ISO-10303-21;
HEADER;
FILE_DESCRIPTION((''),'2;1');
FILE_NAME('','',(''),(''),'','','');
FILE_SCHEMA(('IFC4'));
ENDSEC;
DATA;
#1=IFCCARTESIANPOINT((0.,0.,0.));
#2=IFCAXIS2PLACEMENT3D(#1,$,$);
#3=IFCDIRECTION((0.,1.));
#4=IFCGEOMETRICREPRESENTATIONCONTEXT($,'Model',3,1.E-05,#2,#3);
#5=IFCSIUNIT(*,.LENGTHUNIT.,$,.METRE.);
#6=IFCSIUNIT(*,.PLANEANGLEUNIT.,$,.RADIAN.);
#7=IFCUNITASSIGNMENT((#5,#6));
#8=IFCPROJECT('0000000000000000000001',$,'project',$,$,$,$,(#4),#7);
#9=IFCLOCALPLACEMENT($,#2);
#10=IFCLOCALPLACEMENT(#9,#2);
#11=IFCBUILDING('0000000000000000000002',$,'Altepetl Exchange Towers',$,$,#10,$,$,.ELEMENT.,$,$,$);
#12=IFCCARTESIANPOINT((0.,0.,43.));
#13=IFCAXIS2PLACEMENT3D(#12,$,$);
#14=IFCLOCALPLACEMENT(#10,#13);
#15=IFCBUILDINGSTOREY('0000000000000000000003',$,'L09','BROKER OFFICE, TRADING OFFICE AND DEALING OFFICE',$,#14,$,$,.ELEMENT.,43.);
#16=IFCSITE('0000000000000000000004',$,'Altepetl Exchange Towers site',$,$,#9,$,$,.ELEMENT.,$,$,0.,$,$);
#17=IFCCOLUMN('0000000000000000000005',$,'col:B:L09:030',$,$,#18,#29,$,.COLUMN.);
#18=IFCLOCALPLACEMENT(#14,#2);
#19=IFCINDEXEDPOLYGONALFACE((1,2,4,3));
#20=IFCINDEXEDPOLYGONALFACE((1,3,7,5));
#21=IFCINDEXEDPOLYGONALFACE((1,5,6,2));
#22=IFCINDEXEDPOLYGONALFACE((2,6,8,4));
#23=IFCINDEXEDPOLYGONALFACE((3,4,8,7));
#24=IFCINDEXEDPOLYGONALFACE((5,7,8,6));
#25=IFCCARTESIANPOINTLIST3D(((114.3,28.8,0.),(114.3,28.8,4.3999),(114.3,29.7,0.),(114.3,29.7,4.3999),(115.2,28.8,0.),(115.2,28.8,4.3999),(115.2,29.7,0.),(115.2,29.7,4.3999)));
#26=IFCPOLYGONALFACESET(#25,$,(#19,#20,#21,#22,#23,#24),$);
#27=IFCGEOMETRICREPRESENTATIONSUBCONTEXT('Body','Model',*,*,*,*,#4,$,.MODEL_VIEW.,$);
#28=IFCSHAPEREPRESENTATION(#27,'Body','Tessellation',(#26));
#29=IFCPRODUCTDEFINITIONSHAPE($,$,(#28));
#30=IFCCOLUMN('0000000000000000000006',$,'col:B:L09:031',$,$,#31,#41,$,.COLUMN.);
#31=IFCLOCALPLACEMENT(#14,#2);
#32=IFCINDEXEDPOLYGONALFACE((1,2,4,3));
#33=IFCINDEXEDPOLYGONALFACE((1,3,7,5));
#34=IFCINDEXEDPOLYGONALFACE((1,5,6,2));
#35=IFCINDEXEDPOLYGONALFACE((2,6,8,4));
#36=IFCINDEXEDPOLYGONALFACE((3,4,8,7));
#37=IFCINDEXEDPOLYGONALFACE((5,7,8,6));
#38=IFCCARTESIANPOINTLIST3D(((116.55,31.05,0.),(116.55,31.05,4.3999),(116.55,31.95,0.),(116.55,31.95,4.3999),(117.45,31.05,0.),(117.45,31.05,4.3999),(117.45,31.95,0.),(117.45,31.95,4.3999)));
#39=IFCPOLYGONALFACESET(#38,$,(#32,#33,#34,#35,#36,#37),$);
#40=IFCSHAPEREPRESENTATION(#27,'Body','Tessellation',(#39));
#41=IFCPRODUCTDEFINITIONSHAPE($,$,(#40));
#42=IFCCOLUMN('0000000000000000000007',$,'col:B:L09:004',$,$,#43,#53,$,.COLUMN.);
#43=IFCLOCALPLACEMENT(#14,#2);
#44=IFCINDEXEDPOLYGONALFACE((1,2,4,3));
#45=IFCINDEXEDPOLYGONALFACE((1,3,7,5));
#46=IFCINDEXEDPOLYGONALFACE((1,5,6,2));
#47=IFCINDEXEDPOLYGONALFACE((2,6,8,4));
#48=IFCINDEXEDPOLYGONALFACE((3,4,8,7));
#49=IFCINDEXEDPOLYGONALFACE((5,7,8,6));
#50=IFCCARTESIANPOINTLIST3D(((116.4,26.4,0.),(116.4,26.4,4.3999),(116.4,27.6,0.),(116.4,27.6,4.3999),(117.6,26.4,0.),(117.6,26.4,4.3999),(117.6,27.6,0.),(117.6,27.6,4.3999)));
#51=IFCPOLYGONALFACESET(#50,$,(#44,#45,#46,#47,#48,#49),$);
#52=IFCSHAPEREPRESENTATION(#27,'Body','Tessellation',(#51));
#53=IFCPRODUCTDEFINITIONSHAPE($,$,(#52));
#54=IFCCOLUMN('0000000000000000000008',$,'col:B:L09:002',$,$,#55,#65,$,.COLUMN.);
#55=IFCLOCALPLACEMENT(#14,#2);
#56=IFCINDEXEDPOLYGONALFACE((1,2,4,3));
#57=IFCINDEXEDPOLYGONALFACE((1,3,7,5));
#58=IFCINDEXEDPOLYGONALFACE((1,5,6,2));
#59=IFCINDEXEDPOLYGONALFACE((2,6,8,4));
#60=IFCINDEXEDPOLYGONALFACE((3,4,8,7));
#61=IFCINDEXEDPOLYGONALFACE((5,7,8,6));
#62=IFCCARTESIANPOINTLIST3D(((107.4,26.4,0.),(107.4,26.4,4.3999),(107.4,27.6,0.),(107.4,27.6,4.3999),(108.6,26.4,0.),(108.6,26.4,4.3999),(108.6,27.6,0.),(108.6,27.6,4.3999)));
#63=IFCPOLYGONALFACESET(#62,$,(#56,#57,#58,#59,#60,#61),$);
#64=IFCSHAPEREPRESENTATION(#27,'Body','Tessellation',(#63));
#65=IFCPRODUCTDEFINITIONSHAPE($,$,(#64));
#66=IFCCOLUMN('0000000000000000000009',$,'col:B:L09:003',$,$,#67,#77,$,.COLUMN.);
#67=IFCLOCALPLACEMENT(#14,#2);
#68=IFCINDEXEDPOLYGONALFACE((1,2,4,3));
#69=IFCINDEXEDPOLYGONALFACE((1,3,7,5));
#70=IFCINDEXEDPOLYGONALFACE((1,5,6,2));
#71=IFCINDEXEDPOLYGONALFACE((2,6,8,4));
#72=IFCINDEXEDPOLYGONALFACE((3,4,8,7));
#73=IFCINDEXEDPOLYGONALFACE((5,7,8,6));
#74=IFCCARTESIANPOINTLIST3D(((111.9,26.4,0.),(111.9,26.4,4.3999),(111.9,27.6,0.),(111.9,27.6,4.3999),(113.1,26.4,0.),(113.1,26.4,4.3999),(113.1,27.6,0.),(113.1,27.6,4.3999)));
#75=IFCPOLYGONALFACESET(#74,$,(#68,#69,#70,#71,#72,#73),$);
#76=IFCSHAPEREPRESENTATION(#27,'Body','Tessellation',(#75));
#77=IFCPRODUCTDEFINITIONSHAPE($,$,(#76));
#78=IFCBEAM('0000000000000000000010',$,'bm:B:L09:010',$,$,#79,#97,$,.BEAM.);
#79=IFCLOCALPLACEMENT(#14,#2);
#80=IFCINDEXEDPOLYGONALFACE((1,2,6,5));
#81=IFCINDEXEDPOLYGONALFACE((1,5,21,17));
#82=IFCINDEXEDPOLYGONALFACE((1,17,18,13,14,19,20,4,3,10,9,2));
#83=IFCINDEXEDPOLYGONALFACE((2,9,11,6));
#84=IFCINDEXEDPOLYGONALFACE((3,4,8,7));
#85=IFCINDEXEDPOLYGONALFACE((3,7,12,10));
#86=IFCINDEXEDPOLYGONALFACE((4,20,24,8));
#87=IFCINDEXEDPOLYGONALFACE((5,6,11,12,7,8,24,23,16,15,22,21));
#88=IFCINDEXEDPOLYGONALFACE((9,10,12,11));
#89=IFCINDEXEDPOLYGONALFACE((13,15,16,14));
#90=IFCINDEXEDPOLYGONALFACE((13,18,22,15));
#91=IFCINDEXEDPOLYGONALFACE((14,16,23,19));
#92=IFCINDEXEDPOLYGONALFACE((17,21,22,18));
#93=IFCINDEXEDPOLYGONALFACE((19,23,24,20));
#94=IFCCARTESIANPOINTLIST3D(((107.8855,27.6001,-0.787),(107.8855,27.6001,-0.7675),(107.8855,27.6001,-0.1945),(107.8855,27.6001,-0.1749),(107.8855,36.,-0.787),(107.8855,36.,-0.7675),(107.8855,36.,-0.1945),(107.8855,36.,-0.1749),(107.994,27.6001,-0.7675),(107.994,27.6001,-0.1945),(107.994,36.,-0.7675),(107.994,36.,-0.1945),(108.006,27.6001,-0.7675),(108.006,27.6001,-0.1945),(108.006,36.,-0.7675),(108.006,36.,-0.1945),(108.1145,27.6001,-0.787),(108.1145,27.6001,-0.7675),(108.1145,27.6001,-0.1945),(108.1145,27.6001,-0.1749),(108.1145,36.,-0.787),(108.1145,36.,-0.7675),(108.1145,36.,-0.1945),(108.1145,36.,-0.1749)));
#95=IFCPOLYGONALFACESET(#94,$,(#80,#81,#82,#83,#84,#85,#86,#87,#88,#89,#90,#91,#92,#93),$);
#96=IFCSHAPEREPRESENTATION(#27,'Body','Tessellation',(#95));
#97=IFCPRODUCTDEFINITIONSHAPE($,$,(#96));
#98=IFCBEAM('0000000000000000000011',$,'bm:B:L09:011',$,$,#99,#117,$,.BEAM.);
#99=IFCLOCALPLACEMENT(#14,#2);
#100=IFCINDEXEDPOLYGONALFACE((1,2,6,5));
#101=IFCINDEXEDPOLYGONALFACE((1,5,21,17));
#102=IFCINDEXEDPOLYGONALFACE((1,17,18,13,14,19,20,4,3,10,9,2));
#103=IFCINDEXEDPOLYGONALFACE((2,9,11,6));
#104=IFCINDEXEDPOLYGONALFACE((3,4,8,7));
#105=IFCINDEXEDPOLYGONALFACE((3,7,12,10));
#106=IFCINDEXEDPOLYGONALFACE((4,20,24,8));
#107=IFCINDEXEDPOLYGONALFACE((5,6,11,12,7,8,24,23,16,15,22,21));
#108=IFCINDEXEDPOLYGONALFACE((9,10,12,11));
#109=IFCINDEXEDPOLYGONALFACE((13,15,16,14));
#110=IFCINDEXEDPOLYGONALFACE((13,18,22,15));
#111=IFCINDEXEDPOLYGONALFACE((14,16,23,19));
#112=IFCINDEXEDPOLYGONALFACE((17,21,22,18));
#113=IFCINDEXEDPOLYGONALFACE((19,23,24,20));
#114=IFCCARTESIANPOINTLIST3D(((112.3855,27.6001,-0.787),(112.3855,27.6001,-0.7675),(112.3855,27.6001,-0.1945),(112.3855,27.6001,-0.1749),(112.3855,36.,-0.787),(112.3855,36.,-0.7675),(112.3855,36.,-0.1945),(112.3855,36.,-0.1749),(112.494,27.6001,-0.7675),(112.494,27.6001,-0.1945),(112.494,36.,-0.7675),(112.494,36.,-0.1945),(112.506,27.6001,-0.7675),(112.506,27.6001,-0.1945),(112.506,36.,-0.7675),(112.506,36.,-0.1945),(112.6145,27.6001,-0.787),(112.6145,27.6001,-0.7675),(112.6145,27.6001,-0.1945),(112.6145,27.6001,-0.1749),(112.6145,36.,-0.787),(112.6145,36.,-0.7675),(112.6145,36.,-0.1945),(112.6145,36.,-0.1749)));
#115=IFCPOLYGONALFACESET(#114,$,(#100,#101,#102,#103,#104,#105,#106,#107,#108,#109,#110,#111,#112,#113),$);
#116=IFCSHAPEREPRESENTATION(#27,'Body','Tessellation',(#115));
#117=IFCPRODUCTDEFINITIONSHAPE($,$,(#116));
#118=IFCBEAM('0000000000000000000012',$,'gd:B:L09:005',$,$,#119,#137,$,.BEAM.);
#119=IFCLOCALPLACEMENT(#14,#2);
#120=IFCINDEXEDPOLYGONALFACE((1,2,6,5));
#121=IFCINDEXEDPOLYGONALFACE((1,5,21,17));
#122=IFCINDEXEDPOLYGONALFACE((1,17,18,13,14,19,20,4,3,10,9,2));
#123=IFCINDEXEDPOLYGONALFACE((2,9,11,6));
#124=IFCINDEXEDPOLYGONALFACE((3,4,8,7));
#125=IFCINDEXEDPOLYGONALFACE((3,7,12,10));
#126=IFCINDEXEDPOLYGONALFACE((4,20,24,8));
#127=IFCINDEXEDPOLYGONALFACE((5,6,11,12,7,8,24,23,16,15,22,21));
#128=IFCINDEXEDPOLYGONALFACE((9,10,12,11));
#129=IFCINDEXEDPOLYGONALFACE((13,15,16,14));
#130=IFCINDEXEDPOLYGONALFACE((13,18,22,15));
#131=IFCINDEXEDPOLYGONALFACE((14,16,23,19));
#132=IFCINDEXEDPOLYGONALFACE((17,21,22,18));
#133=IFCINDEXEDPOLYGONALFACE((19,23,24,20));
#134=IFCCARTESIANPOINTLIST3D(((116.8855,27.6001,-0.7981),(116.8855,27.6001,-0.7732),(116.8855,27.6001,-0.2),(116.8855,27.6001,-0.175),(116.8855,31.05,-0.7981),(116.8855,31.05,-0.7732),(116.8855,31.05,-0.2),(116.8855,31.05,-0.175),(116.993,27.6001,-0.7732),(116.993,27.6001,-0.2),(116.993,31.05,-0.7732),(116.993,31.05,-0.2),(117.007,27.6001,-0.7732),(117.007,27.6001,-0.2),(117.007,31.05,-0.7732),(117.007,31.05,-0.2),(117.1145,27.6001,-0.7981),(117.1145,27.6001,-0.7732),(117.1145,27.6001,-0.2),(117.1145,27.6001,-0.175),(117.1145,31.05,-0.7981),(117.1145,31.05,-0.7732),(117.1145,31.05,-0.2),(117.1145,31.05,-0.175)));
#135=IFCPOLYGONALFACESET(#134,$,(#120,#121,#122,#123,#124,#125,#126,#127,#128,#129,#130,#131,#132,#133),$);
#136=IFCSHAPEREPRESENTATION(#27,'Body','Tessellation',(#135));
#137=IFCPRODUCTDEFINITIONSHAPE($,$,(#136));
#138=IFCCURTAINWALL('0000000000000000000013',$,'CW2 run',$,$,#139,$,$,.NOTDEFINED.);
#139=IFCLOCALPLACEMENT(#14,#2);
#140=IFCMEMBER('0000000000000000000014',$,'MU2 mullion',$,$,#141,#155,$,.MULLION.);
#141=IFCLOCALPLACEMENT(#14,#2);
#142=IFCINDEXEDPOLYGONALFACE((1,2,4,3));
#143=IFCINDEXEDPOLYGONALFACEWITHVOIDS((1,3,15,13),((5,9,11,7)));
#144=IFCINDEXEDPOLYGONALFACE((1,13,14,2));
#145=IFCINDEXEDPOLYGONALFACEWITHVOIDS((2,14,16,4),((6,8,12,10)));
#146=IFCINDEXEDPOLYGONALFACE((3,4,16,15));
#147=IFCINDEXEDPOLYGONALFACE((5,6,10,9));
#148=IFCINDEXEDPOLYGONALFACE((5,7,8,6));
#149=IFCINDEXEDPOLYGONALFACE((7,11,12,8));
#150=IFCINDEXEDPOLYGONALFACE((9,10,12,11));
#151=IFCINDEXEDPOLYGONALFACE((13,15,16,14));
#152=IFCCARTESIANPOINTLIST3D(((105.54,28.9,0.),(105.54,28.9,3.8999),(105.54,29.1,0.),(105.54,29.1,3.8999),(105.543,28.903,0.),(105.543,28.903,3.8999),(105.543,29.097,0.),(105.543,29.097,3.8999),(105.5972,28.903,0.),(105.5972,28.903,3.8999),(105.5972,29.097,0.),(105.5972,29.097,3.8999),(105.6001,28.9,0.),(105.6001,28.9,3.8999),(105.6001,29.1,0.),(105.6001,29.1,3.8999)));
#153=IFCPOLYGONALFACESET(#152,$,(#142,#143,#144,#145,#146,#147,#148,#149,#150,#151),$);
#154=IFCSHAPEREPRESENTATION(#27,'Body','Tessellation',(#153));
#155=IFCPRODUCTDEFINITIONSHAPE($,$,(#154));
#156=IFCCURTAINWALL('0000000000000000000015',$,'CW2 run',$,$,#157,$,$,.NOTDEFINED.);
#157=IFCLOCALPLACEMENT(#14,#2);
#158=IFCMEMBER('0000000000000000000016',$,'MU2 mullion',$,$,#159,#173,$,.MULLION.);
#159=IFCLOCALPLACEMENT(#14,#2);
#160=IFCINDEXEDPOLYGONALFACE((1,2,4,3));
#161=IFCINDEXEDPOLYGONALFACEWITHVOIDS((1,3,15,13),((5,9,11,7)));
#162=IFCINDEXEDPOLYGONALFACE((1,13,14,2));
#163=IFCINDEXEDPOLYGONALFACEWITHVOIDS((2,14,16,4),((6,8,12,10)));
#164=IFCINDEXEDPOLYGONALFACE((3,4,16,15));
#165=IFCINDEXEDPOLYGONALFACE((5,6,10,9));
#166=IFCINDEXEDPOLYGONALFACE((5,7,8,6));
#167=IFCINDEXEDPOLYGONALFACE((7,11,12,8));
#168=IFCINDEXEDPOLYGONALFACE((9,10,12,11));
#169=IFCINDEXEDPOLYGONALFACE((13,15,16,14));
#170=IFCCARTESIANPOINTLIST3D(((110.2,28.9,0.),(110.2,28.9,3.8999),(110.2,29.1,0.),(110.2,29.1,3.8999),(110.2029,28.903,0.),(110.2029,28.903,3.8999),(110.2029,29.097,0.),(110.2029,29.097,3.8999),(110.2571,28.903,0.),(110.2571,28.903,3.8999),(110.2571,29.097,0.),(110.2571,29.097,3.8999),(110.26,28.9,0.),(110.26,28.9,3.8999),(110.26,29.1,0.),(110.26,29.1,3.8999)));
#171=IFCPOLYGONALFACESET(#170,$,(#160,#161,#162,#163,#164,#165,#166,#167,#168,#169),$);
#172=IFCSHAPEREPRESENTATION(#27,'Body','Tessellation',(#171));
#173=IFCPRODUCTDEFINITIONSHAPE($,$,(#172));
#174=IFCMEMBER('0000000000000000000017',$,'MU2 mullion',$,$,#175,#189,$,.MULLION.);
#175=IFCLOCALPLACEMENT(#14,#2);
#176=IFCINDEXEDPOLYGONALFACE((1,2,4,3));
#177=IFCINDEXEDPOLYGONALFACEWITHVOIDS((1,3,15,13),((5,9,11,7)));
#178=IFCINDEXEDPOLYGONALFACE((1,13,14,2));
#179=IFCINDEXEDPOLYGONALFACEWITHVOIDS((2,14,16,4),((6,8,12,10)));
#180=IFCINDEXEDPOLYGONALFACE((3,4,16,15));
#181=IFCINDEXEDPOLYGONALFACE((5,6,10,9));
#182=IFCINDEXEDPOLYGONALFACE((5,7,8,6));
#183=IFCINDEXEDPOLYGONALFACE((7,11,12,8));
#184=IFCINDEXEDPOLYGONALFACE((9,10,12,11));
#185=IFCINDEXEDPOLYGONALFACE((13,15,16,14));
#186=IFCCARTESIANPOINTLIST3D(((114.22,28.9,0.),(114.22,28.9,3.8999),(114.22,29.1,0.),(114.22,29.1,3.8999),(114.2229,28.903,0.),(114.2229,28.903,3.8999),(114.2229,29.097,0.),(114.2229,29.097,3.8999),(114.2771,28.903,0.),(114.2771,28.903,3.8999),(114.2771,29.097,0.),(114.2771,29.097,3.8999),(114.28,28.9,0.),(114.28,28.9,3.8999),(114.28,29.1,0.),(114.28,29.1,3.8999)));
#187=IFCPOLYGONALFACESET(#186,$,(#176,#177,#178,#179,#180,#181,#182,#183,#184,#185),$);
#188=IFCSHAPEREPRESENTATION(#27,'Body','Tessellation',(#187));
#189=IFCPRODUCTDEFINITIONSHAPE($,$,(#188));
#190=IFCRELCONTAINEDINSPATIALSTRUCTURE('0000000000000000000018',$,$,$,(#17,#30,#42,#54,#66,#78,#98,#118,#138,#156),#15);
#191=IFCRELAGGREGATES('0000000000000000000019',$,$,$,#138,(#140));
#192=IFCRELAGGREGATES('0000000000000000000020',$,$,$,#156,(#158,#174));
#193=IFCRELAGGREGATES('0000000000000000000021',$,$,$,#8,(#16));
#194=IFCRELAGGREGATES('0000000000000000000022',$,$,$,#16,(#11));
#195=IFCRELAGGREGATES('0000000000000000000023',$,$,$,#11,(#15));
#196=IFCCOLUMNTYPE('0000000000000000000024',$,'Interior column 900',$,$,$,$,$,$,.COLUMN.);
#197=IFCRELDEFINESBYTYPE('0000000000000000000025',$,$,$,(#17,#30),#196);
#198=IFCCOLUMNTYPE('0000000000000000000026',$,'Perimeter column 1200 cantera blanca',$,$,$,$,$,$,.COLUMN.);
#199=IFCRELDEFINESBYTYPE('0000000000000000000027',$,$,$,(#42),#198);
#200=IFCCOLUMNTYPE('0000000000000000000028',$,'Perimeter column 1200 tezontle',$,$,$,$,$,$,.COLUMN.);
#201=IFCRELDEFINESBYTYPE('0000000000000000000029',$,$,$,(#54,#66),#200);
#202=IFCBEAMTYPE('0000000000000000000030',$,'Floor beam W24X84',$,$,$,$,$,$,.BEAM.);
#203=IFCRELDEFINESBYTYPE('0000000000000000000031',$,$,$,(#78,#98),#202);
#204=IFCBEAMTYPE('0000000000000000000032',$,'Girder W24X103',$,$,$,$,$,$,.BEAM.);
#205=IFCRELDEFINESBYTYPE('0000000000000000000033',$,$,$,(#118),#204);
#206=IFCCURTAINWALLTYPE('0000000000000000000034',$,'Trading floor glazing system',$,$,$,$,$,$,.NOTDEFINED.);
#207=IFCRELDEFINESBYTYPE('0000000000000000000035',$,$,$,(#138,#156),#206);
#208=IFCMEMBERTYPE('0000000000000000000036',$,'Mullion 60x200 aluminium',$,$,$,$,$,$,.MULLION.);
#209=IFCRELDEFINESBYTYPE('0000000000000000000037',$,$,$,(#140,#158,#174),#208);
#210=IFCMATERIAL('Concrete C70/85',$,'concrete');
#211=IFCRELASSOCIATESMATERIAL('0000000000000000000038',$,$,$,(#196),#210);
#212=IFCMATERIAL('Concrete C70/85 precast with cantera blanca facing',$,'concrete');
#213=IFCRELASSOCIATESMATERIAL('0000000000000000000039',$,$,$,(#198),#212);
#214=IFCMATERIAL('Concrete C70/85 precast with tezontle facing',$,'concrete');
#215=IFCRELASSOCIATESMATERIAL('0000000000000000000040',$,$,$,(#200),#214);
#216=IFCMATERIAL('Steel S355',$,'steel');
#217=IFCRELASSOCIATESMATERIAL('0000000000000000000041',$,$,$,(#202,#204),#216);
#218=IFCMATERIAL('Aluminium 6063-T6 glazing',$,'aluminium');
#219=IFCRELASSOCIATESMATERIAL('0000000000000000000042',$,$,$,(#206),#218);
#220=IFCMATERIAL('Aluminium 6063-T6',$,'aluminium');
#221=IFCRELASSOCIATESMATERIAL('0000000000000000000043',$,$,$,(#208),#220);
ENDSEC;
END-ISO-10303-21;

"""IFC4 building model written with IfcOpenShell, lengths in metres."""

from ifc_helpers import new_model, si_unit, direction, frame, origin, origin_2d, place, context, subcontext, project, spatial, rectangle, hollow_rectangle, i_section, extrude, material, material_profile, profile_set, type_object, element, aggregate, save


model = new_model("IFC4")

# Units and contexts
model_context = context("Model", 3, precision=1e-05, world=origin(), true_north=direction((0.0, 1.0)))
body_context = subcontext(model_context, "Body", "Model", "MODEL_VIEW")
ifc_project = project(units=[si_unit("LENGTHUNIT", "METRE"), si_unit("PLANEANGLEUNIT", "RADIAN")], contexts=[model_context])

# Site, building, storey
site_placement = place(None, origin())
site = spatial("IfcSite", under=ifc_project, at=site_placement, Name="Altepetl Exchange Towers site", CompositionType="ELEMENT", RefElevation=0.0)
building_placement = place(site_placement, origin())
building = spatial("IfcBuilding", under=site, at=building_placement, Name="Altepetl Exchange Towers", CompositionType="ELEMENT")
storey_placement = place(building_placement, frame((0.0, 0.0, 43.0)))
storey = spatial("IfcBuildingStorey", under=building, at=storey_placement, Name="L09", Description="BROKER OFFICE, TRADING OFFICE AND DEALING OFFICE", CompositionType="ELEMENT", Elevation=43.0)

# Columns
ifc_material_1 = material(Name="Concrete C70/85", Category="concrete")
ifc_material_profile_1 = material_profile(ifc_material_1, rectangle(XDim=0.8999, YDim=0.8999, at=origin_2d()), Name="900 x 900")
ifc_profile_set_1 = profile_set([ifc_material_profile_1], Name="Concrete C70/85")
column_type_1 = type_object("IfcColumnType", Name="Interior column 900", PredefinedType="COLUMN", material=ifc_profile_set_1)
for number, where, name in (
    (1, (114.75, 29.25, 0.0), "col:B:L09:030"),
    (2, (117.0, 31.5, 0.0), "col:B:L09:031"),
):
    element("IfcColumn", number, at=place(storey_placement, frame(where)), inside=storey, type_object=column_type_1, Name=name, PredefinedType="COLUMN", context=body_context, shape_type="SweptSolid", body=[
        extrude(rectangle(XDim=0.8999, YDim=0.8999, at=origin_2d()), origin(), (0.0, 0.0, 1.0), 4.3999),
    ])
ifc_material_2 = material(Name="Concrete C70/85 precast with cantera blanca facing", Category="concrete")
ifc_material_profile_2 = material_profile(ifc_material_2, rectangle(XDim=1.2, YDim=1.2, at=origin_2d()), Name="1200 x 1200")
ifc_profile_set_2 = profile_set([ifc_material_profile_2], Name="Concrete C70/85 precast with cantera blanca facing")
column_type_2 = type_object("IfcColumnType", Name="Perimeter column 1200 cantera blanca", PredefinedType="COLUMN", material=ifc_profile_set_2)
column_placement = place(storey_placement, frame((117.0, 27.0, 0.0)))
element("IfcColumn", 3, at=column_placement, inside=storey, type_object=column_type_2, Name="col:B:L09:004", PredefinedType="COLUMN", context=body_context, shape_type="SweptSolid", body=[
    extrude(rectangle(XDim=1.2, YDim=1.2, at=origin_2d()), origin(), (0.0, 0.0, 1.0), 4.3999),
])
ifc_material_3 = material(Name="Concrete C70/85 precast with tezontle facing", Category="concrete")
ifc_material_profile_3 = material_profile(ifc_material_3, rectangle(XDim=1.2, YDim=1.2, at=origin_2d()), Name="1200 x 1200")
ifc_profile_set_3 = profile_set([ifc_material_profile_3], Name="Concrete C70/85 precast with tezontle facing")
column_type_3 = type_object("IfcColumnType", Name="Perimeter column 1200 tezontle", PredefinedType="COLUMN", material=ifc_profile_set_3)
for number, where, name in (
    (4, (108.0, 27.0, 0.0), "col:B:L09:002"),
    (5, (112.5, 27.0, 0.0), "col:B:L09:003"),
):
    element("IfcColumn", number, at=place(storey_placement, frame(where)), inside=storey, type_object=column_type_3, Name=name, PredefinedType="COLUMN", context=body_context, shape_type="SweptSolid", body=[
        extrude(rectangle(XDim=1.2, YDim=1.2, at=origin_2d()), origin(), (0.0, 0.0, 1.0), 4.3999),
    ])

# Beams
ifc_material_4 = material(Name="Steel S355", Category="steel")
ifc_material_profile_4 = material_profile(ifc_material_4, i_section(OverallWidth=0.229, OverallDepth=0.6121, WebThickness=0.012, FlangeThickness=0.0195, at=origin_2d()), Name="W24X84")
ifc_profile_set_4 = profile_set([ifc_material_profile_4], Name="Steel S355")
beam_type_1 = type_object("IfcBeamType", Name="Floor beam W24X84", PredefinedType="BEAM", material=ifc_profile_set_4)
for number, where, z_axis, x_axis, name in (
    (6, (108.0, 27.6001, -0.481), (0.0, 1.0, 0.0), (-1.0, 0.0, 0.0), "bm:B:L09:010"),
    (7, (112.5, 27.6001, -0.481), (0.0, 1.0, 0.0), (-1.0, 0.0, 0.0), "bm:B:L09:011"),
):
    element("IfcBeam", number, at=place(storey_placement, frame(where, z_axis=z_axis, x_axis=x_axis)), inside=storey, type_object=beam_type_1, Name=name, PredefinedType="BEAM", context=body_context, shape_type="SweptSolid", body=[
        extrude(i_section(OverallWidth=0.229, OverallDepth=0.6121, WebThickness=0.012, FlangeThickness=0.0195, at=origin_2d()), origin(), (0.0, 0.0, 1.0), 8.3999),
    ])
ifc_material_profile_5 = material_profile(ifc_material_4, i_section(OverallWidth=0.229, OverallDepth=0.623, WebThickness=0.0139, FlangeThickness=0.0249, at=origin_2d()), Name="W24X103")
ifc_profile_set_5 = profile_set([ifc_material_profile_5], Name="Steel S355")
beam_type_2 = type_object("IfcBeamType", Name="Girder W24X103", PredefinedType="BEAM", material=ifc_profile_set_5)
beam_placement = place(storey_placement, frame((117.0, 31.05, -0.4866), z_axis=(0.0, -1.0, 0.0), x_axis=(1.0, 0.0, 0.0)))
element("IfcBeam", 8, at=beam_placement, inside=storey, type_object=beam_type_2, Name="gd:B:L09:005", PredefinedType="BEAM", context=body_context, shape_type="SweptSolid", body=[
    extrude(i_section(OverallWidth=0.229, OverallDepth=0.623, WebThickness=0.0139, FlangeThickness=0.0249, at=origin_2d()), origin(), (0.0, 0.0, 1.0), 3.45),
])

# Curtain wall, member
ifc_material_5 = material(Name="Aluminium 6063-T6 glazing", Category="aluminium")
curtain_wall_type = type_object("IfcCurtainWallType", Name="Trading floor glazing system", PredefinedType="NOTDEFINED", material=ifc_material_5)
curtain_wall_1_placement = place(storey_placement, origin())
curtain_wall_1 = element("IfcCurtainWall", 9, at=curtain_wall_1_placement, inside=storey, type_object=curtain_wall_type, Name="CW2 run", PredefinedType="NOTDEFINED")
ifc_material_6 = material(Name="Aluminium 6063-T6", Category="aluminium")
ifc_material_profile_6 = material_profile(ifc_material_6, hollow_rectangle(XDim=0.0601, YDim=0.2, WallThickness=0.0029, at=origin_2d()), Name="Mullion 60x200 aluminium")
ifc_profile_set_6 = profile_set([ifc_material_profile_6], Name="Aluminium 6063-T6")
member_type = type_object("IfcMemberType", Name="Mullion 60x200 aluminium", PredefinedType="MULLION", material=ifc_profile_set_6)
member_1_placement = place(storey_placement, frame((105.5701, 29.0, 0.0)))
member_1 = element("IfcMember", 10, at=member_1_placement, type_object=member_type, Name="MU2 mullion", PredefinedType="MULLION", context=body_context, shape_type="SweptSolid", body=[
    extrude(hollow_rectangle(XDim=0.0601, YDim=0.2, WallThickness=0.0029, at=origin_2d()), origin(), (0.0, 0.0, 1.0), 3.8999),
])
aggregate(curtain_wall_1, [member_1])

# Curtain wall, members
curtain_wall_2_placement = place(storey_placement, origin())
curtain_wall_2 = element("IfcCurtainWall", 11, at=curtain_wall_2_placement, inside=storey, type_object=curtain_wall_type, Name="CW2 run", PredefinedType="NOTDEFINED")
member_2_placement = place(storey_placement, frame((110.23, 29.0, 0.0)))
member_2 = element("IfcMember", 12, at=member_2_placement, type_object=member_type, Name="MU2 mullion", PredefinedType="MULLION", context=body_context, shape_type="SweptSolid", body=[
    extrude(hollow_rectangle(XDim=0.0601, YDim=0.2, WallThickness=0.0029, at=origin_2d()), origin(), (0.0, 0.0, 1.0), 3.8999),
])
member_3_placement = place(storey_placement, frame((114.25, 29.0, 0.0)))
member_3 = element("IfcMember", 13, at=member_3_placement, type_object=member_type, Name="MU2 mullion", PredefinedType="MULLION", context=body_context, shape_type="SweptSolid", body=[
    extrude(hollow_rectangle(XDim=0.0601, YDim=0.2, WallThickness=0.0029, at=origin_2d()), origin(), (0.0, 0.0, 1.0), 3.8999),
])

aggregate(curtain_wall_2, [member_2, member_3])

save(model, "model.ifc")
